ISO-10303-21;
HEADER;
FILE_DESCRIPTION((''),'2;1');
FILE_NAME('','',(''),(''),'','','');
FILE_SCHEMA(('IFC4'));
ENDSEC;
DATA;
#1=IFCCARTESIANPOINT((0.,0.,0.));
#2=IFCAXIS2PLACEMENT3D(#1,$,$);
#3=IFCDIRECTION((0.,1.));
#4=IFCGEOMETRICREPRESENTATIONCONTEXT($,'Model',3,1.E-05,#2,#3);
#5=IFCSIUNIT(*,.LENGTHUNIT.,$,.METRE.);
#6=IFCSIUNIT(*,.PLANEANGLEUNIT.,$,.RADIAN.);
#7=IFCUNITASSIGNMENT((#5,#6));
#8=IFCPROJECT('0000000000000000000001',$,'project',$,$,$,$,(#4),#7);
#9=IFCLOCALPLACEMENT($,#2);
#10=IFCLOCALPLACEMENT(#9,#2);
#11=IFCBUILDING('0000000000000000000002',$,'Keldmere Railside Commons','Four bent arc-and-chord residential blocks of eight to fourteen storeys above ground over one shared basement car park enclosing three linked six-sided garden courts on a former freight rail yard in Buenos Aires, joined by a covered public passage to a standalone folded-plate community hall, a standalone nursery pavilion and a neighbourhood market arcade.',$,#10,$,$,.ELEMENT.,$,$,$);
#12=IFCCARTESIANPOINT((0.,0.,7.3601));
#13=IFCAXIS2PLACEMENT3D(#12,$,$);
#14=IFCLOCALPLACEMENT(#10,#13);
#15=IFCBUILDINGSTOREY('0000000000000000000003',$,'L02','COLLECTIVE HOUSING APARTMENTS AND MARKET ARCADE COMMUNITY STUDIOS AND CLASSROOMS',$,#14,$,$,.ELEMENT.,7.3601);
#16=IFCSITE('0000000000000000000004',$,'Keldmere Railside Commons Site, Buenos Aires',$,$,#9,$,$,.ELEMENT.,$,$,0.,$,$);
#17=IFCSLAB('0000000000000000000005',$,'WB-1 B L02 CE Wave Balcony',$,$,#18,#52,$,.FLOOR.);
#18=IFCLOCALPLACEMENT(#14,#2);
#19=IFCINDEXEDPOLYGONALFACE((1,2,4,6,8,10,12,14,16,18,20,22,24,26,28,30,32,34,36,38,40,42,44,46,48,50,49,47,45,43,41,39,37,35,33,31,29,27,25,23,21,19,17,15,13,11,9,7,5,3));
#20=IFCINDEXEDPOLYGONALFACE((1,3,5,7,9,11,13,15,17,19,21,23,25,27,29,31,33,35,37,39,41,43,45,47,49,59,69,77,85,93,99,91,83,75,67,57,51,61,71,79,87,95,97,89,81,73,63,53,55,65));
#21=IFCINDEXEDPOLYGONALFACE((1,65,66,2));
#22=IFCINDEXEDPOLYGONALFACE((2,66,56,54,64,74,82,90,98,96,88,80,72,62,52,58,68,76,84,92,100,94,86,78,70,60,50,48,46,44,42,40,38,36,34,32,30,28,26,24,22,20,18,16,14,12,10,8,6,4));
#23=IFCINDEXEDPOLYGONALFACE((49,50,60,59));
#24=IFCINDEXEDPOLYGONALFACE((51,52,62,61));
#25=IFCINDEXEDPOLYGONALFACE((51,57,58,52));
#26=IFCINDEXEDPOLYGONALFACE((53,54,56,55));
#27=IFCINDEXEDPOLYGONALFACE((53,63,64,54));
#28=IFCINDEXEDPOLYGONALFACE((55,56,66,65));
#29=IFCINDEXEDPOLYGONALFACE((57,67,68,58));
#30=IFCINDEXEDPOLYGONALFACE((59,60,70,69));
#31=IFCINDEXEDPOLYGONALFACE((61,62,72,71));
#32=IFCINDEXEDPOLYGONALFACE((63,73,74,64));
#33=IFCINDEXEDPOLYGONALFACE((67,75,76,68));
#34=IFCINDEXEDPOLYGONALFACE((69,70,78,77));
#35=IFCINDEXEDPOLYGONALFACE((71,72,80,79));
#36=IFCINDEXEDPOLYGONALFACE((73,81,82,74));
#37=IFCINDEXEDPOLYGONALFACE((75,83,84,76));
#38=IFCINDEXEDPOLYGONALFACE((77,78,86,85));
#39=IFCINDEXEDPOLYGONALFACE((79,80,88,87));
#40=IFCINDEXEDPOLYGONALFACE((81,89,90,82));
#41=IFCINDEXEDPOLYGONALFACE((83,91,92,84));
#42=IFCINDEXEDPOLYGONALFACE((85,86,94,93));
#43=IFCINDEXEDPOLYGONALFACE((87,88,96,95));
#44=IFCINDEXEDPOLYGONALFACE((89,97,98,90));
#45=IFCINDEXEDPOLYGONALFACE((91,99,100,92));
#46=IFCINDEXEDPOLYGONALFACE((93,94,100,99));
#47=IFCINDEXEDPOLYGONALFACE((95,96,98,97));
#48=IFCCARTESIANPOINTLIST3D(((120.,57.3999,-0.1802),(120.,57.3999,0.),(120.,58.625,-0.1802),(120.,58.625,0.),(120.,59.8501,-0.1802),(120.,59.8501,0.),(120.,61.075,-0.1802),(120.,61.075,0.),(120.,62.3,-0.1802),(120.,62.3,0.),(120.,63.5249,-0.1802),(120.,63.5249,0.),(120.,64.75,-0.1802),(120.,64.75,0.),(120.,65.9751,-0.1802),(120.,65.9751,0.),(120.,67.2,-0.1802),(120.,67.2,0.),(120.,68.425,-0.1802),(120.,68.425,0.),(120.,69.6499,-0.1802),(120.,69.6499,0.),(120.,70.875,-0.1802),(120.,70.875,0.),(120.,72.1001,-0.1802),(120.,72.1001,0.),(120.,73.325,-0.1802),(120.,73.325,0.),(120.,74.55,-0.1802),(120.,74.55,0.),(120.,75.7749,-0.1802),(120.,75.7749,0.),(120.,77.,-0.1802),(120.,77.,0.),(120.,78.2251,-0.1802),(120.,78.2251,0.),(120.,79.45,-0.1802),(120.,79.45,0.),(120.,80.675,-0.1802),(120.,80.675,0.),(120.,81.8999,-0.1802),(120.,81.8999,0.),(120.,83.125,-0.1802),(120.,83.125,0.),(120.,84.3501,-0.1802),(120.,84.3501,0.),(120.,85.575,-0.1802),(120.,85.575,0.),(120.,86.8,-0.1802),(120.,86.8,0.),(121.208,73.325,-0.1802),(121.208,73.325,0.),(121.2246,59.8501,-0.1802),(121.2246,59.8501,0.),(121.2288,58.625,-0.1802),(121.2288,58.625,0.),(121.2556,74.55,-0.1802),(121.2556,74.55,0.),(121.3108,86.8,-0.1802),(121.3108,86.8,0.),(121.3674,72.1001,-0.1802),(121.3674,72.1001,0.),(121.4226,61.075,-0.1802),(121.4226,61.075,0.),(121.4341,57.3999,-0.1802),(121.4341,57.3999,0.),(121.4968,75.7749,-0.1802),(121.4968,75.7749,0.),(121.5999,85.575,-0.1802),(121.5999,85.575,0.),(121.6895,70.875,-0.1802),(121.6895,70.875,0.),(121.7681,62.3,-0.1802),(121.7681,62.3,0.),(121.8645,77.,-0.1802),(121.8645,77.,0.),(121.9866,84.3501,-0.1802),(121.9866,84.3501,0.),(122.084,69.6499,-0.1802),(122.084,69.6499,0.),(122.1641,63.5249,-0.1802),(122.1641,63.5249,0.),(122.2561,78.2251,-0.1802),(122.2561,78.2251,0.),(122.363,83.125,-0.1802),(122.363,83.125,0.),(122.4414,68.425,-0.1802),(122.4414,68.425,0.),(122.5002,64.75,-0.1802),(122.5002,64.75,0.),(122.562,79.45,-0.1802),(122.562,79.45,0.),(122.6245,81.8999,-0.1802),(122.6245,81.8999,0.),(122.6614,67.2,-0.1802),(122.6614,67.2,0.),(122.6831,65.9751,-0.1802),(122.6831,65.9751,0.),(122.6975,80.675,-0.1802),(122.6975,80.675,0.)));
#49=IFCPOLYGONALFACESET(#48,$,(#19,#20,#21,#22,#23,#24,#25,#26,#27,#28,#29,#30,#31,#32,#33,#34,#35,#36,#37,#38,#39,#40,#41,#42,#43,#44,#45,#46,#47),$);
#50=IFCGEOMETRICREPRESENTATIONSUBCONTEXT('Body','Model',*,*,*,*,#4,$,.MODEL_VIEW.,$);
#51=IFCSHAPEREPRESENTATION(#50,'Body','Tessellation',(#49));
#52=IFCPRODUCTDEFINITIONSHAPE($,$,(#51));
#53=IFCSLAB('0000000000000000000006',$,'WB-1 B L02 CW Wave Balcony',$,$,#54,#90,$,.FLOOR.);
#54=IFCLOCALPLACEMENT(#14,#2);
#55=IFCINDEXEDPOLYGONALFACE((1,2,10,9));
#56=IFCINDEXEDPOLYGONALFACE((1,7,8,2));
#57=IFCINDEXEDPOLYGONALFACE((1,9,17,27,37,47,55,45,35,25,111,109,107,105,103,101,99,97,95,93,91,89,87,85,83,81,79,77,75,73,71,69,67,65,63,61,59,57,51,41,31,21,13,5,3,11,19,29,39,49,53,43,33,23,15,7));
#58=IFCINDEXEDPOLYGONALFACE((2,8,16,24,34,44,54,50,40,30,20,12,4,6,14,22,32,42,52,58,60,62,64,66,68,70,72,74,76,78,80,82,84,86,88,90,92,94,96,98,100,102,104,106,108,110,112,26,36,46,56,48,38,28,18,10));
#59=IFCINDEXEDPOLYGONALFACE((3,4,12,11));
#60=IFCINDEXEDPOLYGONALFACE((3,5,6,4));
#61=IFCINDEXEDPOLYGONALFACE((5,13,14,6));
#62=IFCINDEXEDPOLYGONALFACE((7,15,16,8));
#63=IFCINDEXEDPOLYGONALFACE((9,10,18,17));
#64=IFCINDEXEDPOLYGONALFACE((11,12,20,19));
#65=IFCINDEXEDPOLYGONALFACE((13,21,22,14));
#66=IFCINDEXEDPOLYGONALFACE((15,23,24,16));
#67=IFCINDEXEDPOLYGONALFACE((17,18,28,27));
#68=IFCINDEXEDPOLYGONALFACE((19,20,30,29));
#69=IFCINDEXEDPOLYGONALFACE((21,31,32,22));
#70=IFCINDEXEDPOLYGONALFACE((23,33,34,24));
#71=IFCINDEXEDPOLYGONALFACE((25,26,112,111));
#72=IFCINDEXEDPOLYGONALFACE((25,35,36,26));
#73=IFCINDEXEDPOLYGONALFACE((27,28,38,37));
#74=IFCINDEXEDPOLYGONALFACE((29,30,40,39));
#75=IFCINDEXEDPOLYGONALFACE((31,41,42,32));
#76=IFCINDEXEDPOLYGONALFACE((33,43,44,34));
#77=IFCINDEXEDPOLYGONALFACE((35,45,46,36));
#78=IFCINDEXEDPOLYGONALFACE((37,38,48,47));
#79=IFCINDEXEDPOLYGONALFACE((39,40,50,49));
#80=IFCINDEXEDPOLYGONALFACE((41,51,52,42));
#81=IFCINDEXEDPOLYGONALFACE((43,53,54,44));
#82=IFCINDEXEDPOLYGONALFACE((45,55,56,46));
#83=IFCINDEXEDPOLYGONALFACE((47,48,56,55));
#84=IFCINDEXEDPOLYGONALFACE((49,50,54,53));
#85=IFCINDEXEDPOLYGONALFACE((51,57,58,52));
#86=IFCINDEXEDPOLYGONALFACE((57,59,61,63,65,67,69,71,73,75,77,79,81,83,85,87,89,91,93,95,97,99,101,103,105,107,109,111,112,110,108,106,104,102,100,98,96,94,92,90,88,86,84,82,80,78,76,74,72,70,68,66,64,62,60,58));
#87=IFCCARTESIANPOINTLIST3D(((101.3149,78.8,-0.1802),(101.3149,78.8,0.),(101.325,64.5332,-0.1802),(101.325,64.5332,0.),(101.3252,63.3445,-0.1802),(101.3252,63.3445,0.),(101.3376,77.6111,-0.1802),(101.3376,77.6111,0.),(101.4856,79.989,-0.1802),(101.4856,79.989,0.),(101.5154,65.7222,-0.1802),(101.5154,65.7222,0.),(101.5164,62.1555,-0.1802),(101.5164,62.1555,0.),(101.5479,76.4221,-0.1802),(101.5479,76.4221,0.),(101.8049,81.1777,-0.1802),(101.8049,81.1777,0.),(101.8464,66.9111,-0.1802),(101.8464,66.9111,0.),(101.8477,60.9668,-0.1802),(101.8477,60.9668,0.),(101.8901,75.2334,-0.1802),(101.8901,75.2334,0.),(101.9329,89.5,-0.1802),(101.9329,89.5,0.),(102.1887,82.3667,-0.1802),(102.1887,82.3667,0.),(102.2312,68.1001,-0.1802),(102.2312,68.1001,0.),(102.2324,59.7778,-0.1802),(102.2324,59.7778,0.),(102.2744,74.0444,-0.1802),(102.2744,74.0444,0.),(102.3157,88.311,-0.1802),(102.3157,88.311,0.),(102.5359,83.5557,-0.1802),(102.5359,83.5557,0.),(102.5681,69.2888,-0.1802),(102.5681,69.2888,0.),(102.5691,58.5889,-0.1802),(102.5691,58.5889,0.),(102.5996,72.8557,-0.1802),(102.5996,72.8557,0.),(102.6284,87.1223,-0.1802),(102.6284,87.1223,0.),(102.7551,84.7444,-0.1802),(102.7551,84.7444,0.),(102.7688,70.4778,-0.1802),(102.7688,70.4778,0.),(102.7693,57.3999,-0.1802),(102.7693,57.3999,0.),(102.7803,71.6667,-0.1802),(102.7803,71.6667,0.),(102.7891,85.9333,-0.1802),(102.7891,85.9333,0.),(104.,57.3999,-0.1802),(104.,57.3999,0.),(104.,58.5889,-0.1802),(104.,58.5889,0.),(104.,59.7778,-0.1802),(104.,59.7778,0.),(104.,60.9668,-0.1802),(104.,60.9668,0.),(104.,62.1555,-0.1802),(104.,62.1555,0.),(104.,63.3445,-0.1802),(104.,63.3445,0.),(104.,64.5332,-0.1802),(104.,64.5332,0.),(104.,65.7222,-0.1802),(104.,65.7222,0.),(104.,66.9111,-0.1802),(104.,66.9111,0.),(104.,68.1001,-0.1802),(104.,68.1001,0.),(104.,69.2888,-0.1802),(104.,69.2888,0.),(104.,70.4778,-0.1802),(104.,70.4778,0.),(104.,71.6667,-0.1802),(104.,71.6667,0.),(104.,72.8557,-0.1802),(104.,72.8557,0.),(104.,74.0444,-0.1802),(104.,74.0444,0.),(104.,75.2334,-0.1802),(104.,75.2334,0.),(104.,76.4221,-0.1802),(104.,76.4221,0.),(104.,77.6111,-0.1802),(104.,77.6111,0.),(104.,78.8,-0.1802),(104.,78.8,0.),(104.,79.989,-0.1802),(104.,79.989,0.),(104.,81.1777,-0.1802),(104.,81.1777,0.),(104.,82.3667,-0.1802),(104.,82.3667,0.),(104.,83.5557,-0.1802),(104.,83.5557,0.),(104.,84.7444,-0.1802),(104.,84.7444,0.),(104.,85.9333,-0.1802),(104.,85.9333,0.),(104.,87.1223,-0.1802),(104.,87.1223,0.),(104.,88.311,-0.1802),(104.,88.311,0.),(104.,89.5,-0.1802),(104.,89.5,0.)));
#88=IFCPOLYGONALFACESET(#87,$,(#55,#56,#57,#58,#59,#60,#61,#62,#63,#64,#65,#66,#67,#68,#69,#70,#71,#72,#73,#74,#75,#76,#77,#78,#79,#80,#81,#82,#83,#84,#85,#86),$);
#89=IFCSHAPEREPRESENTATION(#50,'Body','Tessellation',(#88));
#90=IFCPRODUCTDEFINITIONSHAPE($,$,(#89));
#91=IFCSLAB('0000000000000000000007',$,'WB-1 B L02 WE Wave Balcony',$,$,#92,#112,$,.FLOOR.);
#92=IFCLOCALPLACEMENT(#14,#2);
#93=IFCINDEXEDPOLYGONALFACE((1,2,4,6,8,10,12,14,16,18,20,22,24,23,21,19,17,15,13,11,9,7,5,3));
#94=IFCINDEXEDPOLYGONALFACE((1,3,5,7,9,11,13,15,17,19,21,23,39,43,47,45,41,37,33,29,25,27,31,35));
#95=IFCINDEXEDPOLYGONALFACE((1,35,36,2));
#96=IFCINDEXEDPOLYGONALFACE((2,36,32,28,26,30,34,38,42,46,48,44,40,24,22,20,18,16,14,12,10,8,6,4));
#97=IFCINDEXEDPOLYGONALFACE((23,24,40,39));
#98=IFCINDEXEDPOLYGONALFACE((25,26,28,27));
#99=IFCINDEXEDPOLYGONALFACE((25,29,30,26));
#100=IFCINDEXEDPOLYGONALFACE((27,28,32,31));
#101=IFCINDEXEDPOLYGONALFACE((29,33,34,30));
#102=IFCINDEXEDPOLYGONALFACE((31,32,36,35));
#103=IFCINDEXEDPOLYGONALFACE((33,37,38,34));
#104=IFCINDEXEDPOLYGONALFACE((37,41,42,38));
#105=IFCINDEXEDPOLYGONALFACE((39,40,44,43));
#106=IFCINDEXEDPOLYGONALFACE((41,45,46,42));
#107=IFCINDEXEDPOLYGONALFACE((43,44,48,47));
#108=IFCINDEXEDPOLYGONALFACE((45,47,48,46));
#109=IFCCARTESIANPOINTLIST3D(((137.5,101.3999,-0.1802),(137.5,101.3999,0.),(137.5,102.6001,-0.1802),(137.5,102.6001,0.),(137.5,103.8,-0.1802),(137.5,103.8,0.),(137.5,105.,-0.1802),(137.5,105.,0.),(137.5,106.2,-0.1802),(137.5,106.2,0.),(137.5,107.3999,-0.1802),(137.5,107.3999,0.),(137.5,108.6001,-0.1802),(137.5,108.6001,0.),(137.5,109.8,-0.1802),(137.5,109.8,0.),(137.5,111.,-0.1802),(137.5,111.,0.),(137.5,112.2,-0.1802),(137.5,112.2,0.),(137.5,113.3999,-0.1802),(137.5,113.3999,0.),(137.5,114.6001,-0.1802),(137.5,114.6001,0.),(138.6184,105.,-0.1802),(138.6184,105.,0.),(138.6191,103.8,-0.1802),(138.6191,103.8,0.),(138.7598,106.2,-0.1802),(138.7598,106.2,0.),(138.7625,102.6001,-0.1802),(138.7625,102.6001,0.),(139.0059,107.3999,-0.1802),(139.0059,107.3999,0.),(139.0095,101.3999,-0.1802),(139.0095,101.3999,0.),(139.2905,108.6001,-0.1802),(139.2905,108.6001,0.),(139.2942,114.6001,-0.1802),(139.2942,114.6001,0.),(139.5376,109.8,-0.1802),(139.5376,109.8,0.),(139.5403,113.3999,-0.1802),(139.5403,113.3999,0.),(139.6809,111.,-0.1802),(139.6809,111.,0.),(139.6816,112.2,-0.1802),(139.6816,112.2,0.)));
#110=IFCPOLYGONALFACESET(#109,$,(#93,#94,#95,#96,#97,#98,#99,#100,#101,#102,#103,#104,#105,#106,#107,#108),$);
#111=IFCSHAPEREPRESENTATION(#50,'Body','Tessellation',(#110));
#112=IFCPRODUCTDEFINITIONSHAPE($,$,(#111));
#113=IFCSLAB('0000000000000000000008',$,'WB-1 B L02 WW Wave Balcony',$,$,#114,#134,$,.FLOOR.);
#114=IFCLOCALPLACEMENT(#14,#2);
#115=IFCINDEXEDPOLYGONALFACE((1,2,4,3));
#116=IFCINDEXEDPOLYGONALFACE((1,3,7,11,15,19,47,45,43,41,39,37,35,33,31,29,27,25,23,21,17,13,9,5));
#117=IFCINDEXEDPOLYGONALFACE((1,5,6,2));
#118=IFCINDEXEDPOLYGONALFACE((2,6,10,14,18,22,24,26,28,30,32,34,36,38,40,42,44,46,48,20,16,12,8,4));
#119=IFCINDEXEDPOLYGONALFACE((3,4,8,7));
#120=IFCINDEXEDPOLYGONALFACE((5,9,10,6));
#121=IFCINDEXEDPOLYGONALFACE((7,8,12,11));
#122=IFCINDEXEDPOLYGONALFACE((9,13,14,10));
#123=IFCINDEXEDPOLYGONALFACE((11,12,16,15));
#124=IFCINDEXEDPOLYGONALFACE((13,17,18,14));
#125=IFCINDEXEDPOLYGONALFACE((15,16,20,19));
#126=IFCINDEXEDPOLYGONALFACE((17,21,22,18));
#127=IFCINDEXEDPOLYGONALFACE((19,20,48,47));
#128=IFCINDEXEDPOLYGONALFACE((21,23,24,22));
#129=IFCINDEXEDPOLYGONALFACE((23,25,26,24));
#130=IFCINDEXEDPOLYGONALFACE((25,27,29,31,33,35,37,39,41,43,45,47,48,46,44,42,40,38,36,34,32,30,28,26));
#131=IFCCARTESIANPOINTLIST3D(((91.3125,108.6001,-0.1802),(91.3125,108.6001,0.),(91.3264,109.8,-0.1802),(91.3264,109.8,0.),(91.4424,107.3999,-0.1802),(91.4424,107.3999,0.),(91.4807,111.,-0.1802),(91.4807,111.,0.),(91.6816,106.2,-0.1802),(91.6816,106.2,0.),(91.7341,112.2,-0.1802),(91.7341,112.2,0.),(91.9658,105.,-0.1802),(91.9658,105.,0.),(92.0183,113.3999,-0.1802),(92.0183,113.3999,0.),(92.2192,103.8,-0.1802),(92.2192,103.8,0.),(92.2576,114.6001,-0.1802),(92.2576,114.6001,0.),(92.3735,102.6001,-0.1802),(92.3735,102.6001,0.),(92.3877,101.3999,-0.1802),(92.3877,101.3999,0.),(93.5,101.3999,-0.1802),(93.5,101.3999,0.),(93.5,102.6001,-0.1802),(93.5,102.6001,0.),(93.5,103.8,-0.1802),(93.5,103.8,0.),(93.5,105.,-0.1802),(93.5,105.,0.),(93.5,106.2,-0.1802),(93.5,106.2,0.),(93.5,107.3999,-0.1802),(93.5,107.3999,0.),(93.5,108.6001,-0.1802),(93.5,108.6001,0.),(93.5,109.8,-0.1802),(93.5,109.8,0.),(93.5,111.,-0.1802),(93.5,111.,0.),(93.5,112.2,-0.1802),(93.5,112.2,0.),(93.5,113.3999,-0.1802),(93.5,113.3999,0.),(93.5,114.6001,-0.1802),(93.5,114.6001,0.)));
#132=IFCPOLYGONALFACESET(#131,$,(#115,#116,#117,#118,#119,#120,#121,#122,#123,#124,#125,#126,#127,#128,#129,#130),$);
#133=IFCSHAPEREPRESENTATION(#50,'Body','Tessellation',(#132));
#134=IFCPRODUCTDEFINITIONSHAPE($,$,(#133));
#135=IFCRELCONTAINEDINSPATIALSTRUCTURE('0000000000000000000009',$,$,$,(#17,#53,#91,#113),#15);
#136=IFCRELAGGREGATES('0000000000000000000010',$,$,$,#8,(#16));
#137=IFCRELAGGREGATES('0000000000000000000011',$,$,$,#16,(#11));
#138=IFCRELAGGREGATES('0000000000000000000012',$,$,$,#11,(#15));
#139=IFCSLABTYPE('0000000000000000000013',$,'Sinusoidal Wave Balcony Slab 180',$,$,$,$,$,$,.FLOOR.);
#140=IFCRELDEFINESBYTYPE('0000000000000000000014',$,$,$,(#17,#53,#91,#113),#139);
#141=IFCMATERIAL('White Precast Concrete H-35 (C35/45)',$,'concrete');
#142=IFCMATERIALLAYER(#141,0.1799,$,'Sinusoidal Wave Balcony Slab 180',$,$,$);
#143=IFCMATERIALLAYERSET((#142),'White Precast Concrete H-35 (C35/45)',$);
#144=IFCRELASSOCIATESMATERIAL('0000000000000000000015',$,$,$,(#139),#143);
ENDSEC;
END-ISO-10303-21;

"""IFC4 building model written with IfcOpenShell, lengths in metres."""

from ifc_helpers import new_model, si_unit, direction, frame, origin, place, context, subcontext, project, spatial, polyline, outline, extrude, material, layer, layer_set, type_object, element, save


model = new_model("IFC4")

# Units and contexts
model_context = context("Model", 3, precision=1e-05, world=origin(), true_north=direction((0.0, 1.0)))
body_context = subcontext(model_context, "Body", "Model", "MODEL_VIEW")
ifc_project = project(units=[si_unit("LENGTHUNIT", "METRE"), si_unit("PLANEANGLEUNIT", "RADIAN")], contexts=[model_context])

# Site, building, storey
site_placement = place(None, origin())
site = spatial("IfcSite", under=ifc_project, at=site_placement, Name="Keldmere Railside Commons Site, Buenos Aires", CompositionType="ELEMENT", RefElevation=0.0)
building_placement = place(site_placement, origin())
building = spatial("IfcBuilding", under=site, at=building_placement, Name="Keldmere Railside Commons", Description="Four bent arc-and-chord residential blocks of eight to fourteen storeys above ground over one shared basement car park enclosing three linked six-sided garden courts on a former freight rail yard in Buenos Aires, joined by a covered public passage to a standalone folded-plate community hall, a standalone nursery pavilion and a neighbourhood market arcade.", CompositionType="ELEMENT")
storey_placement = place(building_placement, frame((0.0, 0.0, 7.3601)))
storey = spatial("IfcBuildingStorey", under=building, at=storey_placement, Name="L02", Description="COLLECTIVE HOUSING APARTMENTS AND MARKET ARCADE COMMUNITY STUDIOS AND CLASSROOMS", CompositionType="ELEMENT", Elevation=7.3601)

# Slabs
ifc_material_1 = material(Name="White Precast Concrete H-35 (C35/45)", Category="concrete")
ifc_layer_1 = layer(ifc_material_1, 0.1799, Name="Sinusoidal Wave Balcony Slab 180")
ifc_layer_set_1 = layer_set([ifc_layer_1], Name="White Precast Concrete H-35 (C35/45)")
slab_type_1 = type_object("IfcSlabType", Name="Sinusoidal Wave Balcony Slab 180", PredefinedType="FLOOR", material=ifc_layer_set_1)
slab_1_placement = place(storey_placement, frame((0.0, 0.0, -0.1802)))
element("IfcSlab", 1, at=slab_1_placement, inside=storey, type_object=slab_type_1, Name="WB-1 B L02 CE Wave Balcony", PredefinedType="FLOOR", context=body_context, shape_type="SweptSolid", body=[
    extrude(outline(polyline([(121.4341, 57.3999), (121.2288, 58.625), (121.2246, 59.8501), (121.4226, 61.075), (121.7681, 62.3), (122.1641, 63.5249), (122.5002, 64.75), (122.6831, 65.9751), (122.6614, 67.2), (122.4414, 68.425), (122.084, 69.6499), (121.6895, 70.875), (121.3674, 72.1001), (121.208, 73.325), (121.2556, 74.55), (121.4968, 75.7749), (121.8645, 77.0), (122.2561, 78.2251), (122.562, 79.45), (122.6975, 80.675), (122.6245, 81.8999), (122.363, 83.125), (121.9866, 84.3501), (121.5999, 85.575), (121.3108, 86.8), (120.0, 86.8), (120.0, 85.575), (120.0, 84.3501), (120.0, 83.125), (120.0, 81.8999), (120.0, 80.675), (120.0, 79.45), (120.0, 78.2251), (120.0, 77.0), (120.0, 75.7749), (120.0, 74.55), (120.0, 73.325), (120.0, 72.1001), (120.0, 70.875), (120.0, 69.6499), (120.0, 68.425), (120.0, 67.2), (120.0, 65.9751), (120.0, 64.75), (120.0, 63.5249), (120.0, 62.3), (120.0, 61.075), (120.0, 59.8501), (120.0, 58.625), (120.0, 57.3999), (121.4341, 57.3999)])), origin(), (0.0, 0.0, 1.0), 0.1802),
])
slab_2_placement = place(storey_placement, frame((0.0, 0.0, -0.1802)))
element("IfcSlab", 2, at=slab_2_placement, inside=storey, type_object=slab_type_1, Name="WB-1 B L02 CW Wave Balcony", PredefinedType="FLOOR", context=body_context, shape_type="SweptSolid", body=[
    extrude(outline(polyline([(104.0, 57.3999), (104.0, 58.5889), (104.0, 59.7778), (104.0, 60.9668), (104.0, 62.1555), (104.0, 63.3445), (104.0, 64.5332), (104.0, 65.7222), (104.0, 66.9111), (104.0, 68.1001), (104.0, 69.2888), (104.0, 70.4778), (104.0, 71.6667), (104.0, 72.8557), (104.0, 74.0444), (104.0, 75.2334), (104.0, 76.4221), (104.0, 77.6111), (104.0, 78.8), (104.0, 79.989), (104.0, 81.1777), (104.0, 82.3667), (104.0, 83.5557), (104.0, 84.7444), (104.0, 85.9333), (104.0, 87.1223), (104.0, 88.311), (104.0, 89.5), (101.9329, 89.5), (102.3157, 88.311), (102.6284, 87.1223), (102.7891, 85.9333), (102.7551, 84.7444), (102.5359, 83.5557), (102.1887, 82.3667), (101.8049, 81.1777), (101.4856, 79.989), (101.3149, 78.8), (101.3376, 77.6111), (101.5479, 76.4221), (101.8901, 75.2334), (102.2744, 74.0444), (102.5996, 72.8557), (102.7803, 71.6667), (102.7688, 70.4778), (102.5681, 69.2888), (102.2312, 68.1001), (101.8464, 66.9111), (101.5154, 65.7222), (101.325, 64.5332), (101.3252, 63.3445), (101.5164, 62.1555), (101.8477, 60.9668), (102.2324, 59.7778), (102.5691, 58.5889), (102.7693, 57.3999), (104.0, 57.3999)])), origin(), (0.0, 0.0, 1.0), 0.1802),
])
slab_3_placement = place(storey_placement, frame((0.0, 0.0, -0.1802)))
element("IfcSlab", 3, at=slab_3_placement, inside=storey, type_object=slab_type_1, Name="WB-1 B L02 WE Wave Balcony", PredefinedType="FLOOR", context=body_context, shape_type="SweptSolid", body=[
    extrude(outline(polyline([(139.0095, 101.3999), (138.7625, 102.6001), (138.6191, 103.8), (138.6184, 105.0), (138.7598, 106.2), (139.0059, 107.3999), (139.2905, 108.6001), (139.5376, 109.8), (139.6809, 111.0), (139.6816, 112.2), (139.5403, 113.3999), (139.2942, 114.6001), (137.5, 114.6001), (137.5, 113.3999), (137.5, 112.2), (137.5, 111.0), (137.5, 109.8), (137.5, 108.6001), (137.5, 107.3999), (137.5, 106.2), (137.5, 105.0), (137.5, 103.8), (137.5, 102.6001), (137.5, 101.3999), (139.0095, 101.3999)])), origin(), (0.0, 0.0, 1.0), 0.1802),
])
slab_4_placement = place(storey_placement, frame((0.0, 0.0, -0.1802)))
element("IfcSlab", 4, at=slab_4_placement, inside=storey, type_object=slab_type_1, Name="WB-1 B L02 WW Wave Balcony", PredefinedType="FLOOR", context=body_context, shape_type="SweptSolid", body=[
    extrude(outline(polyline([(93.5, 101.3999), (93.5, 102.6001), (93.5, 103.8), (93.5, 105.0), (93.5, 106.2), (93.5, 107.3999), (93.5, 108.6001), (93.5, 109.8), (93.5, 111.0), (93.5, 112.2), (93.5, 113.3999), (93.5, 114.6001), (92.2576, 114.6001), (92.0183, 113.3999), (91.7341, 112.2), (91.4807, 111.0), (91.3264, 109.8), (91.3125, 108.6001), (91.4424, 107.3999), (91.6816, 106.2), (91.9658, 105.0), (92.2192, 103.8), (92.3735, 102.6001), (92.3877, 101.3999), (93.5, 101.3999)])), origin(), (0.0, 0.0, 1.0), 0.1802),
])

save(model, "model.ifc")
